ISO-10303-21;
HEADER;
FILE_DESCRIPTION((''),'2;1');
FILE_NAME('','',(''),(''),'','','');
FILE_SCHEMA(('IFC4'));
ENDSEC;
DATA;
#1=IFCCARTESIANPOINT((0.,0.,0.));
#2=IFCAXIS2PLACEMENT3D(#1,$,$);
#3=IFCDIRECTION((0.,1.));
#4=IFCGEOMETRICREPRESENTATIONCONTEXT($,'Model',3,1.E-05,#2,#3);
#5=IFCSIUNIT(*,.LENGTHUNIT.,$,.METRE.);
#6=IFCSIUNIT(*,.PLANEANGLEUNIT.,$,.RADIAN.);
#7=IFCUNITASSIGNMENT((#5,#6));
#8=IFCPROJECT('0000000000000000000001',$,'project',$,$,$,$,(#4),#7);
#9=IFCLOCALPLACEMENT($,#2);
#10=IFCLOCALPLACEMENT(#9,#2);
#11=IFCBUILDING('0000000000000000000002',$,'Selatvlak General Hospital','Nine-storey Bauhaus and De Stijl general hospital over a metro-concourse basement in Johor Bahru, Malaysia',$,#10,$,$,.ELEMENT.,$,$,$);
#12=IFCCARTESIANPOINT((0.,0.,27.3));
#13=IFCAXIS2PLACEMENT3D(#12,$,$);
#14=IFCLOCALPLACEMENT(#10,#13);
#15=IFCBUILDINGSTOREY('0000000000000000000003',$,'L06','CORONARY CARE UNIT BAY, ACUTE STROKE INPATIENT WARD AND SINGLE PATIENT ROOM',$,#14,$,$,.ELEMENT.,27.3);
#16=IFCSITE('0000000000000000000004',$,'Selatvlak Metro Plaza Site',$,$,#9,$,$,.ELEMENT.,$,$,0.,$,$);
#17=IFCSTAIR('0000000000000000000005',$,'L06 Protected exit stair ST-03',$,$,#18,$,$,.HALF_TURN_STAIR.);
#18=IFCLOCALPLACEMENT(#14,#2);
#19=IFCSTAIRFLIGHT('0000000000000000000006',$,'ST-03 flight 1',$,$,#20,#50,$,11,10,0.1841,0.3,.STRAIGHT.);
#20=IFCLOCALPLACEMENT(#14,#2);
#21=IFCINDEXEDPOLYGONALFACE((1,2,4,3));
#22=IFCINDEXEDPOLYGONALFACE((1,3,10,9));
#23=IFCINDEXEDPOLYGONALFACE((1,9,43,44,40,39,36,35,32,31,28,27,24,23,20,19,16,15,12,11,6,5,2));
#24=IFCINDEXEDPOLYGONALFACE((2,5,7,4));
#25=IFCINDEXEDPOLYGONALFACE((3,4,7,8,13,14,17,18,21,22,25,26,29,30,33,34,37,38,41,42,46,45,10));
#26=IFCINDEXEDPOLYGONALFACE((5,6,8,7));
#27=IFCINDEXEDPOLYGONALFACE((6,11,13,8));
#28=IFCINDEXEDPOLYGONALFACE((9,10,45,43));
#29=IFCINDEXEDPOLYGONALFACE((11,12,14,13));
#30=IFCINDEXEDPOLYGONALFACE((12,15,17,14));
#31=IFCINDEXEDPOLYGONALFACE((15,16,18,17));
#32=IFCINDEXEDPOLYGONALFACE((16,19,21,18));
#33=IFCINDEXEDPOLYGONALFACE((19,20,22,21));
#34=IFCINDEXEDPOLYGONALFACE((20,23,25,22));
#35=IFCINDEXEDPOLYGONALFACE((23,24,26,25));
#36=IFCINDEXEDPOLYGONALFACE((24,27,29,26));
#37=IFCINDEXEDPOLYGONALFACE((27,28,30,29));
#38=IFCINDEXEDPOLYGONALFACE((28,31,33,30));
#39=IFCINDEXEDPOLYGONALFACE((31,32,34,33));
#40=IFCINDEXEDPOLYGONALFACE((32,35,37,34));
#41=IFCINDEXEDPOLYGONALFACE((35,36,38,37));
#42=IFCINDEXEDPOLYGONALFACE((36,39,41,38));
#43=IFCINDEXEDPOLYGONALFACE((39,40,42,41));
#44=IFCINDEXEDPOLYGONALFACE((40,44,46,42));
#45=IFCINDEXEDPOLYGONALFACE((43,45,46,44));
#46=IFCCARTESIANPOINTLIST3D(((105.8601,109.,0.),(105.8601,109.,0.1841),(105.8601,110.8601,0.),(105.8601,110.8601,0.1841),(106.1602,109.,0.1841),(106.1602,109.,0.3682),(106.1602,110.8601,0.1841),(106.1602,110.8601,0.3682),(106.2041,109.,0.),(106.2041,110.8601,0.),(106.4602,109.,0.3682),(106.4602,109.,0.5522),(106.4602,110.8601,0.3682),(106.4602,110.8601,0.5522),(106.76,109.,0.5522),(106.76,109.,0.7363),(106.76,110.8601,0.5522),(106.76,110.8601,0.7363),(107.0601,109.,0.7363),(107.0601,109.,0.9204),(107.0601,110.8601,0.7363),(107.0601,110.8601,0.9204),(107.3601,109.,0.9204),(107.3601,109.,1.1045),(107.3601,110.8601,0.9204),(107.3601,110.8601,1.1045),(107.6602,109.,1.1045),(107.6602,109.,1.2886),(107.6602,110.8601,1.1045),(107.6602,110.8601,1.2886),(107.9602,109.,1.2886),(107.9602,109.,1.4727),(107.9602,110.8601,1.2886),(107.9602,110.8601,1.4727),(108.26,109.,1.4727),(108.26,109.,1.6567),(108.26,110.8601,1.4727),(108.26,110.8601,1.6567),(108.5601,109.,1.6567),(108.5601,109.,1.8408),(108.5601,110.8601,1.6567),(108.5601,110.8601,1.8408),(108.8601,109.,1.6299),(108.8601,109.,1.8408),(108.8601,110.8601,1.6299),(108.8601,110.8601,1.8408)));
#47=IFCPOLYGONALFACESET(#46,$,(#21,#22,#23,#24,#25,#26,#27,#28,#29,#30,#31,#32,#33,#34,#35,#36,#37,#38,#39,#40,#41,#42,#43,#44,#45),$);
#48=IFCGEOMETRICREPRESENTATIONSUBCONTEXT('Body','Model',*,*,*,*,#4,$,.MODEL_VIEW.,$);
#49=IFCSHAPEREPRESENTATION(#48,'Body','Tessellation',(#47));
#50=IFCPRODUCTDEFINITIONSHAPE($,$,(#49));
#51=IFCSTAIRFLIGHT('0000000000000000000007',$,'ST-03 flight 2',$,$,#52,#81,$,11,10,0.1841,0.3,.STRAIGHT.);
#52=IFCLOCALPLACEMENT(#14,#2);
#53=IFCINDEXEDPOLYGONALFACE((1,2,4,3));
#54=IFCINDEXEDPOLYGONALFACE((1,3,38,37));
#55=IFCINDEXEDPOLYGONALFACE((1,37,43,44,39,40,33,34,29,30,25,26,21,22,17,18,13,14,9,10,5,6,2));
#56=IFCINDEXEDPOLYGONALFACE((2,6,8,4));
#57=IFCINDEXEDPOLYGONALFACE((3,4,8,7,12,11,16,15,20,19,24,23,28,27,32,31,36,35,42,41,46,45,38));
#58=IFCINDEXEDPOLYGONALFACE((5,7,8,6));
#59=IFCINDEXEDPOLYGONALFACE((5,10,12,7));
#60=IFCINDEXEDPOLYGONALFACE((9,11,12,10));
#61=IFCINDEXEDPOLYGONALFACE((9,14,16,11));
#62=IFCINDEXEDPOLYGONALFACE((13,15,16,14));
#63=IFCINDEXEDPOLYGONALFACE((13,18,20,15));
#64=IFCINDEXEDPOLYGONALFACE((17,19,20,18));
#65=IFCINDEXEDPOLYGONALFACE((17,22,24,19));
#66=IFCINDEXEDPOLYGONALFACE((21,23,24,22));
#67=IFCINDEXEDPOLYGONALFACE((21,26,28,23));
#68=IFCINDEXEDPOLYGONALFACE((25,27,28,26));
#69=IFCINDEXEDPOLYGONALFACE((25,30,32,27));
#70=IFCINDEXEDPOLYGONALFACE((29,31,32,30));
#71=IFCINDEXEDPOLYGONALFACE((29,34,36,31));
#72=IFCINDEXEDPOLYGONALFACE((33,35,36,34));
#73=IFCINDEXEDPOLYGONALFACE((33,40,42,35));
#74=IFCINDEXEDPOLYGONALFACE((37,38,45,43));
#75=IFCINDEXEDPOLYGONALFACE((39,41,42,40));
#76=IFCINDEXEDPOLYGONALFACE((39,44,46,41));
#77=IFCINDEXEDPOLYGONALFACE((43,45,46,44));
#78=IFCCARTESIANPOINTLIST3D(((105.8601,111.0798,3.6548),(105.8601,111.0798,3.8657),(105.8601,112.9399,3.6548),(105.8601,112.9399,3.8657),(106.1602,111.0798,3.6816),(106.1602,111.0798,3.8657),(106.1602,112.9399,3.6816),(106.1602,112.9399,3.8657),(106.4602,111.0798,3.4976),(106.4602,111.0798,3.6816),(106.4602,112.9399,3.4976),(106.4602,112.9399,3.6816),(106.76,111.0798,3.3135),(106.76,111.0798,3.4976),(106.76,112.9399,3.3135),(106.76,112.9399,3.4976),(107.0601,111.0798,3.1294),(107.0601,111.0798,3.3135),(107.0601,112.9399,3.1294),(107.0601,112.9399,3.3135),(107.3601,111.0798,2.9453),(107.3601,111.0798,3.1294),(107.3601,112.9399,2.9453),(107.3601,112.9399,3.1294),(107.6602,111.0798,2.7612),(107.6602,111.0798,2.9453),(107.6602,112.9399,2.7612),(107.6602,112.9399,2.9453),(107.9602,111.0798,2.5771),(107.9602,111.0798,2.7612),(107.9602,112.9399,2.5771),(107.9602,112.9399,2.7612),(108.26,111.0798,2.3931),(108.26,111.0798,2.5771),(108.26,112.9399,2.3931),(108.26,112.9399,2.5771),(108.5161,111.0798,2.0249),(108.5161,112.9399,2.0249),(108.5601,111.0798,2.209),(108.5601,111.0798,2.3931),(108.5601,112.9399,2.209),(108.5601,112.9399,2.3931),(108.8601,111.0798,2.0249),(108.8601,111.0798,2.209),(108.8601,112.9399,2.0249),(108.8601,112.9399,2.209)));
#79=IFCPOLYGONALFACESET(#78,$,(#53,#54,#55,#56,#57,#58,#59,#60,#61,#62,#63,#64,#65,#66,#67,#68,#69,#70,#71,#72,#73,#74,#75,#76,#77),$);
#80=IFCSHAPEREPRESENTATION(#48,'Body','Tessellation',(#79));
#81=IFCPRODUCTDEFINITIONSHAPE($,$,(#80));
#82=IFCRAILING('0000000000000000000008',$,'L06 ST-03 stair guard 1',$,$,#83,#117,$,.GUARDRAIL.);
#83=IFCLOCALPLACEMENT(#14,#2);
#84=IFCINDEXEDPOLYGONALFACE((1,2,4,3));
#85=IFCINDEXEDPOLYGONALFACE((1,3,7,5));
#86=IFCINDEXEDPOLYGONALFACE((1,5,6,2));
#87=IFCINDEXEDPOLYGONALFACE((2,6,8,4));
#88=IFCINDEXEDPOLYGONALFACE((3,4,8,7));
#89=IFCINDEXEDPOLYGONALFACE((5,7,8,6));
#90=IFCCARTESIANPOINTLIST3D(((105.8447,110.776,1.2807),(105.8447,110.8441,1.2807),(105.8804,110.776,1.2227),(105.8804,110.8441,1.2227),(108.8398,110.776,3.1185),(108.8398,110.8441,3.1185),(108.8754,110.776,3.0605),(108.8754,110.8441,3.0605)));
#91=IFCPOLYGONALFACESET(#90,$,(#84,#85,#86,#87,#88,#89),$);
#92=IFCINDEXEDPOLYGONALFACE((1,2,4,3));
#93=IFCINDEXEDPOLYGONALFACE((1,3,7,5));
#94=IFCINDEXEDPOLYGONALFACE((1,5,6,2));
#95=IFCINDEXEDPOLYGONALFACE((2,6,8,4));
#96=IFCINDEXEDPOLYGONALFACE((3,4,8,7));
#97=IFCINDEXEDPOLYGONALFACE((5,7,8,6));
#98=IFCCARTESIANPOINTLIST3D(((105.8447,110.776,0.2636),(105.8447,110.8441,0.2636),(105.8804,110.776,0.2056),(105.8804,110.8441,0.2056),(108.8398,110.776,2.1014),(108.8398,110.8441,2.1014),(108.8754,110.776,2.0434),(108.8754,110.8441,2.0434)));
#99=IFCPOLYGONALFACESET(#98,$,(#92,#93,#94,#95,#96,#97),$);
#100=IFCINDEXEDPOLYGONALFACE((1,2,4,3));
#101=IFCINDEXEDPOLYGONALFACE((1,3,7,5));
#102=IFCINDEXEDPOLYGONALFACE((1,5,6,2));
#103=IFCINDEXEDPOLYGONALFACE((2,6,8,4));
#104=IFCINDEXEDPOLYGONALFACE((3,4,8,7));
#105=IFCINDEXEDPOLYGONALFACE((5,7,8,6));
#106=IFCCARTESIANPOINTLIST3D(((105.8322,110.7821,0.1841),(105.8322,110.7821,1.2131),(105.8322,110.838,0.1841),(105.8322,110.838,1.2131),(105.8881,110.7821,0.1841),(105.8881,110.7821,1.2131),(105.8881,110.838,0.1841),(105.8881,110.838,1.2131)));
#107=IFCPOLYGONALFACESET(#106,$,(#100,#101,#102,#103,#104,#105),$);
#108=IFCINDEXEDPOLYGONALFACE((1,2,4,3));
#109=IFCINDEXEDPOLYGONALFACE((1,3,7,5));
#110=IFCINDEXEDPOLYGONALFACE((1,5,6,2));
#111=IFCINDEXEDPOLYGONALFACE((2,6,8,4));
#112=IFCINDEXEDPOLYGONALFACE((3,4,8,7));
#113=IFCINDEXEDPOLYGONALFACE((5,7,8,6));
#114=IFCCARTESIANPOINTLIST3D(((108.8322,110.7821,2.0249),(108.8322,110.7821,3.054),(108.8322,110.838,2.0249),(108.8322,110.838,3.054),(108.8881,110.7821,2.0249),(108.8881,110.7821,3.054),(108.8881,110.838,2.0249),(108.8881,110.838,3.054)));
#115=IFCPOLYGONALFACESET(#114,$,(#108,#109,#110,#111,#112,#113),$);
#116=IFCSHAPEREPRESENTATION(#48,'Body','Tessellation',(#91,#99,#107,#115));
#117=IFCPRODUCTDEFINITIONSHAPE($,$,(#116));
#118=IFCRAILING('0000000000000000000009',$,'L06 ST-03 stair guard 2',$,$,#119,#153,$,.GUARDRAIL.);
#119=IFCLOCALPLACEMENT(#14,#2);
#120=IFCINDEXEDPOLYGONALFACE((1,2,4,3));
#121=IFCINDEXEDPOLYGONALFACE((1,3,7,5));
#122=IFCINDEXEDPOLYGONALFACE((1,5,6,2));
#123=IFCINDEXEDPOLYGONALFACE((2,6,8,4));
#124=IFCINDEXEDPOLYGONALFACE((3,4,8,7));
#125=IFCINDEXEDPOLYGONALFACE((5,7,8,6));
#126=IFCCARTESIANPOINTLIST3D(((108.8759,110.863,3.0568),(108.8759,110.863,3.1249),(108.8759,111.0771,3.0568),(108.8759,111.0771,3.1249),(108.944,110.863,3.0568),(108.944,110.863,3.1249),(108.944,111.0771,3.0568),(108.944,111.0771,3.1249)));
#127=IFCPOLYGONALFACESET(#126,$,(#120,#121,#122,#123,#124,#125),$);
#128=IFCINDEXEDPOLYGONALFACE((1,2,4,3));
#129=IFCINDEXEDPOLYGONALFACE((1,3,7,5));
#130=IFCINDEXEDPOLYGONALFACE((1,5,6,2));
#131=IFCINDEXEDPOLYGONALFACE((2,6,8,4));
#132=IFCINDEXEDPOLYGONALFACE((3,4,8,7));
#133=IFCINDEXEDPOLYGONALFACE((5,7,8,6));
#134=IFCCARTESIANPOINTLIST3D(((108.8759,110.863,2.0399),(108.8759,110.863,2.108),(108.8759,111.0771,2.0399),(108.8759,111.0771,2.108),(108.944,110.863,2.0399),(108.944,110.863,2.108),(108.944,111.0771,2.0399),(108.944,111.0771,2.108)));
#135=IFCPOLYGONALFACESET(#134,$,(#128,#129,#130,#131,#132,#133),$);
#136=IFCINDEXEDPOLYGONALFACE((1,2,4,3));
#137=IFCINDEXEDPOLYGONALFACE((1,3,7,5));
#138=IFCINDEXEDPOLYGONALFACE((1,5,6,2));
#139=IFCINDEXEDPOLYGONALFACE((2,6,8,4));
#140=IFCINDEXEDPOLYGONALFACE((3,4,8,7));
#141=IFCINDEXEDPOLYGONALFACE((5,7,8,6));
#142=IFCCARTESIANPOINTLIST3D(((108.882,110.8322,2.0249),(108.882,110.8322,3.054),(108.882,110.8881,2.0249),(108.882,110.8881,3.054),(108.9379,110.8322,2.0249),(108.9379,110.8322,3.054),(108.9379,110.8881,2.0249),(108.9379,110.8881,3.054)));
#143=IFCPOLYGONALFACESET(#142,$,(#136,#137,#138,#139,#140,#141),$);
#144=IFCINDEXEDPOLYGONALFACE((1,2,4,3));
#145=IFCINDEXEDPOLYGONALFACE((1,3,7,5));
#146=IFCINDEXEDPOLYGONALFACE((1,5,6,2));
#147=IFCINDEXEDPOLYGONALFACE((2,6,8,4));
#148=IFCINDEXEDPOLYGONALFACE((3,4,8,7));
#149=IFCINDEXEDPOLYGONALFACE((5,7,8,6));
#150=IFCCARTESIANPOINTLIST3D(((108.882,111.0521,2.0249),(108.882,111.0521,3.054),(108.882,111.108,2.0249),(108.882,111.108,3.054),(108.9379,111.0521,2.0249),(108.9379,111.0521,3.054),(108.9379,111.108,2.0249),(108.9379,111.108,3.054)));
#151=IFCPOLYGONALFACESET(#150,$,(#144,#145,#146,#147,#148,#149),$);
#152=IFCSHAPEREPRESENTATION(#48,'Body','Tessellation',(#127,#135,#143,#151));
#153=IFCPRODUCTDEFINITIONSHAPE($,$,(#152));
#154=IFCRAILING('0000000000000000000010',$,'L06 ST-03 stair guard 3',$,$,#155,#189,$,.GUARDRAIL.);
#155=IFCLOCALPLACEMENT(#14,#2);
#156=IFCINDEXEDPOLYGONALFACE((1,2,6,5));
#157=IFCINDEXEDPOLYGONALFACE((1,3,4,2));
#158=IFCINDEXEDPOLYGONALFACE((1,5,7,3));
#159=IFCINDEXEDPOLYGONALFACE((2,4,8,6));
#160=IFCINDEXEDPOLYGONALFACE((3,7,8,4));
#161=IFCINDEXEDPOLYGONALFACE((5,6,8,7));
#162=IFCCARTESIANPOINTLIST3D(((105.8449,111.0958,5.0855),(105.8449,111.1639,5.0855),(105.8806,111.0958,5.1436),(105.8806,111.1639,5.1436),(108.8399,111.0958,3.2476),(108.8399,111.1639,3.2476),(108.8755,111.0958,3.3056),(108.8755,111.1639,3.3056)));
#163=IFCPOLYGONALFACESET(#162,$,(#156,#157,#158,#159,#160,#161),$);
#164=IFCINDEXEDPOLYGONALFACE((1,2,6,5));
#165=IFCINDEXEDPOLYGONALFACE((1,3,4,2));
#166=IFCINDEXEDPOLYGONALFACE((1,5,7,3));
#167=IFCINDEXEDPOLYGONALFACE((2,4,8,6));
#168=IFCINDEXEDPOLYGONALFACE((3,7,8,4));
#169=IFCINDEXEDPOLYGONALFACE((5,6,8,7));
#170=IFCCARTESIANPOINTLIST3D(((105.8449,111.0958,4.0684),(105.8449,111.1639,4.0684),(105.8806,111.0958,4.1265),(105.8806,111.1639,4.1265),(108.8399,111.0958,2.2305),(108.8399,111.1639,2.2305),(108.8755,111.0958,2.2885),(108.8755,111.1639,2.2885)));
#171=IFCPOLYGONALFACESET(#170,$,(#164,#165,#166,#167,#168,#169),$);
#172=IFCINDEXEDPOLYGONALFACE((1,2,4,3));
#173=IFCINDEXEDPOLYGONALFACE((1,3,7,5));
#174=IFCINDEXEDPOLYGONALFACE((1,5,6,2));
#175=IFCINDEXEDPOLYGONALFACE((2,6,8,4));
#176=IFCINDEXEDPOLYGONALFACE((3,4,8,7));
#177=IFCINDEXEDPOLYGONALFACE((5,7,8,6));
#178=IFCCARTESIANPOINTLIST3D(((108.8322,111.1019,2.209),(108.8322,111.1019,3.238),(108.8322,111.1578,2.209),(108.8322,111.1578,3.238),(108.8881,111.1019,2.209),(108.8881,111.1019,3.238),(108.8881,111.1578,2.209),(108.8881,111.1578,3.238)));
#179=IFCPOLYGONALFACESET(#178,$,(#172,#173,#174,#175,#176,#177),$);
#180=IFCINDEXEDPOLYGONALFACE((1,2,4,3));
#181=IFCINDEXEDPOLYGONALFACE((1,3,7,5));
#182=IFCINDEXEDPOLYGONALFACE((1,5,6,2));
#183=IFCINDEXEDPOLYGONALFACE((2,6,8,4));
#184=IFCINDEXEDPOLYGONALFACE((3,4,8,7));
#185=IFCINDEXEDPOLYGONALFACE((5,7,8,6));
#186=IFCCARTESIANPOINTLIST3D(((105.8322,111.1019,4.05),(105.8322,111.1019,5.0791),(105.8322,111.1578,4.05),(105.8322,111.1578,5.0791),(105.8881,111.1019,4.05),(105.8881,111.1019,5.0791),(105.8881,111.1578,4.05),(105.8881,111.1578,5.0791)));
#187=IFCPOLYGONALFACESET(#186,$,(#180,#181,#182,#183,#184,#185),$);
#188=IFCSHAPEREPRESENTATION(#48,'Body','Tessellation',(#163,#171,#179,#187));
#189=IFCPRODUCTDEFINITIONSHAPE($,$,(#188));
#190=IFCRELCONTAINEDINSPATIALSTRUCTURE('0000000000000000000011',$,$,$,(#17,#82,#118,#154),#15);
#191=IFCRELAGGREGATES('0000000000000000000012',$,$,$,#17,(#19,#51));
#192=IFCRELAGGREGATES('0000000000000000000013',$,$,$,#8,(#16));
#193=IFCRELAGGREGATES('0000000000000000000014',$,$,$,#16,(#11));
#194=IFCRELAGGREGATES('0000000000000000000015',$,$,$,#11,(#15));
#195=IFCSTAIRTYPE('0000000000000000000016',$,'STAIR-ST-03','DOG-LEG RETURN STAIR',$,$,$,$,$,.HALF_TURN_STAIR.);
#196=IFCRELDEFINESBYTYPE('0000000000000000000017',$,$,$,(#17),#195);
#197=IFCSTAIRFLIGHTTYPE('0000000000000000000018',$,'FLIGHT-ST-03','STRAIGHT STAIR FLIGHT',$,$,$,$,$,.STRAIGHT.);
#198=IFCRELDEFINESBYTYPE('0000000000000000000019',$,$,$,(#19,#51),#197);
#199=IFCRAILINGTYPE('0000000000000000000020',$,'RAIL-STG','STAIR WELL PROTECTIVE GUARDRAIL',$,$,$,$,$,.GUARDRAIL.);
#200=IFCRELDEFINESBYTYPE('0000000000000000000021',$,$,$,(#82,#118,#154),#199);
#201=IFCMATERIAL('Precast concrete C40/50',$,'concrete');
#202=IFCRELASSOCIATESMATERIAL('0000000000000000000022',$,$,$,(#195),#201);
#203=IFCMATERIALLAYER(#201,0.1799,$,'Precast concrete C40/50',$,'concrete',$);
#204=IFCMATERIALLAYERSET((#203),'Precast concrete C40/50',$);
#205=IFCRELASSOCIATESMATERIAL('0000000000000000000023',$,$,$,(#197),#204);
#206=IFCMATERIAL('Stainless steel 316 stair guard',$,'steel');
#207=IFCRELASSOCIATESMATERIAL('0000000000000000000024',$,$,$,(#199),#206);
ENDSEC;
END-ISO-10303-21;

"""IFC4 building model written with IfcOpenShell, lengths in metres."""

from ifc_helpers import new_model, si_unit, direction, frame, origin, origin_2d, place, context, subcontext, project, spatial, polyline, rectangle, outline, extrude, material, layer, layer_set, type_object, element, aggregate, save


model = new_model("IFC4")

# Units and contexts
model_context = context("Model", 3, precision=1e-05, world=origin(), true_north=direction((0.0, 1.0)))
body_context = subcontext(model_context, "Body", "Model", "MODEL_VIEW")
ifc_project = project(units=[si_unit("LENGTHUNIT", "METRE"), si_unit("PLANEANGLEUNIT", "RADIAN")], contexts=[model_context])

# Site, building, storey
site_placement = place(None, origin())
site = spatial("IfcSite", under=ifc_project, at=site_placement, Name="Selatvlak Metro Plaza Site", CompositionType="ELEMENT", RefElevation=0.0)
building_placement = place(site_placement, origin())
building = spatial("IfcBuilding", under=site, at=building_placement, Name="Selatvlak General Hospital", Description="Nine-storey Bauhaus and De Stijl general hospital over a metro-concourse basement in Johor Bahru, Malaysia", CompositionType="ELEMENT")
storey_placement = place(building_placement, frame((0.0, 0.0, 27.3)))
storey = spatial("IfcBuildingStorey", under=building, at=storey_placement, Name="L06", Description="CORONARY CARE UNIT BAY, ACUTE STROKE INPATIENT WARD AND SINGLE PATIENT ROOM", CompositionType="ELEMENT", Elevation=27.3)

# Stair, stair flights
ifc_material_1 = material(Name="Precast concrete C40/50", Category="concrete")
stair_type = type_object("IfcStairType", Name="STAIR-ST-03", Description="DOG-LEG RETURN STAIR", PredefinedType="HALF_TURN_STAIR", material=ifc_material_1)
stair_placement = place(storey_placement, origin())
stair = element("IfcStair", 1, at=stair_placement, inside=storey, type_object=stair_type, Name="L06 Protected exit stair ST-03", PredefinedType="HALF_TURN_STAIR")
ifc_layer_1 = layer(ifc_material_1, 0.1799, Name="Precast concrete C40/50", Category="concrete")
ifc_layer_set_1 = layer_set([ifc_layer_1], Name="Precast concrete C40/50")
stair_flight_type = type_object("IfcStairFlightType", Name="FLIGHT-ST-03", Description="STRAIGHT STAIR FLIGHT", PredefinedType="STRAIGHT", material=ifc_layer_set_1)
stair_flight_1_placement = place(storey_placement, frame((105.8601, 109.9299, 0.0), z_axis=(0.0, 0.0, 1.0), x_axis=(1.0, 0.0, 0.0)))
stair_flight_1 = element("IfcStairFlight", 2, at=stair_flight_1_placement, type_object=stair_flight_type, Name="ST-03 flight 1", NumberOfRisers=11, NumberOfTreads=10, PredefinedType="STRAIGHT", RiserHeight=0.1841, TreadLength=0.3, context=body_context, shape_type="SweptSolid", body=[
    extrude(outline(polyline([(0.0, 0.0), (0.0, 0.1841), (0.3, 0.1841), (0.3, 0.3682), (0.6001, 0.3682), (0.6001, 0.5522), (0.8999, 0.5522), (0.8999, 0.7363), (1.2, 0.7363), (1.2, 0.9204), (1.5, 0.9204), (1.5, 1.1045), (1.8, 1.1045), (1.8, 1.2886), (2.1001, 1.2886), (2.1001, 1.4727), (2.3999, 1.4727), (2.3999, 1.6567), (2.7, 1.6567), (2.7, 1.8408), (3.0, 1.8408), (3.0, 2.0249), (3.0, 1.6299), (0.344, 0.0), (0.0, 0.0)])), frame((0.0, 0.9302, 0.0), z_axis=(0.0, -1.0, 0.0), x_axis=(1.0, 0.0, 0.0)), (0.0, 0.0, 1.0), 1.8601),
])
stair_flight_2_placement = place(storey_placement, frame((108.8601, 112.01, 2.0249), z_axis=(0.0, 0.0, 1.0), x_axis=(-1.0, 0.0, 0.0)))
stair_flight_2 = element("IfcStairFlight", 3, at=stair_flight_2_placement, type_object=stair_flight_type, Name="ST-03 flight 2", NumberOfRisers=11, NumberOfTreads=10, PredefinedType="STRAIGHT", RiserHeight=0.1841, TreadLength=0.3, context=body_context, shape_type="SweptSolid", body=[
    extrude(outline(polyline([(0.0, 0.0), (0.0, 0.1841), (0.3, 0.1841), (0.3, 0.3682), (0.6001, 0.3682), (0.6001, 0.5522), (0.8999, 0.5522), (0.8999, 0.7363), (1.2, 0.7363), (1.2, 0.9204), (1.5, 0.9204), (1.5, 1.1045), (1.8, 1.1045), (1.8, 1.2886), (2.1001, 1.2886), (2.1001, 1.4727), (2.3999, 1.4727), (2.3999, 1.6567), (2.7, 1.6567), (2.7, 1.8408), (3.0, 1.8408), (3.0, 2.0249), (3.0, 1.6299), (0.344, 0.0), (0.0, 0.0)])), frame((0.0, 0.9302, 0.0), z_axis=(0.0, -1.0, 0.0), x_axis=(1.0, 0.0, 0.0)), (0.0, 0.0, 1.0), 1.8601),
])
aggregate(stair, [stair_flight_1, stair_flight_2])

# Railings
ifc_material_2 = material(Name="Stainless steel 316 stair guard", Category="steel")
railing_type_1 = type_object("IfcRailingType", Name="RAIL-STG", Description="STAIR WELL PROTECTIVE GUARDRAIL", PredefinedType="GUARDRAIL", material=ifc_material_2)
railing_1_placement = place(storey_placement, frame((105.8601, 110.8101, 0.1841)))
element("IfcRailing", 4, at=railing_1_placement, inside=storey, type_object=railing_type_1, Name="L06 ST-03 stair guard 1", PredefinedType="GUARDRAIL", context=body_context, shape_type="SweptSolid", body=[
    extrude(rectangle(XDim=0.0681, YDim=0.0681, at=origin_2d()), frame((0.0024, 0.0, 1.0676), z_axis=(0.852334, 0.0, 0.522998), x_axis=(0.0, 1.0, 0.0)), (0.0, 0.0, 1.0), 3.5139),
    extrude(rectangle(XDim=0.0681, YDim=0.0681, at=origin_2d()), frame((0.0024, 0.0, 0.0505), z_axis=(0.852334, 0.0, 0.522998), x_axis=(0.0, 1.0, 0.0)), (0.0, 0.0, 1.0), 3.5139),
    extrude(rectangle(XDim=0.0559, YDim=0.0559, at=origin_2d()), origin(), (0.0, 0.0, 1.0), 1.0291),
    extrude(rectangle(XDim=0.0559, YDim=0.0559, at=origin_2d()), frame((3.0, 0.0, 1.8408)), (0.0, 0.0, 1.0), 1.0291),
])
railing_2_placement = place(storey_placement, frame((108.9099, 110.8601, 2.0249)))
element("IfcRailing", 5, at=railing_2_placement, inside=storey, type_object=railing_type_1, Name="L06 ST-03 stair guard 2", PredefinedType="GUARDRAIL", context=body_context, shape_type="SweptSolid", body=[
    extrude(rectangle(XDim=0.0681, YDim=0.0681, at=origin_2d()), frame((0.0, 0.0029, 1.0659), z_axis=(0.0, 1.0, 0.0), x_axis=(-1.0, 0.0, 0.0)), (0.0, 0.0, 1.0), 0.2141),
    extrude(rectangle(XDim=0.0681, YDim=0.0681, at=origin_2d()), frame((0.0, 0.0029, 0.0491), z_axis=(0.0, 1.0, 0.0), x_axis=(-1.0, 0.0, 0.0)), (0.0, 0.0, 1.0), 0.2141),
    extrude(rectangle(XDim=0.0559, YDim=0.0559, at=origin_2d()), origin(), (0.0, 0.0, 1.0), 1.0291),
    extrude(rectangle(XDim=0.0559, YDim=0.0559, at=origin_2d()), frame((0.0, 0.22, 0.0)), (0.0, 0.0, 1.0), 1.0291),
])
railing_3_placement = place(storey_placement, frame((108.8601, 111.1299, 2.209)))
element("IfcRailing", 6, at=railing_3_placement, inside=storey, type_object=railing_type_1, Name="L06 ST-03 stair guard 3", PredefinedType="GUARDRAIL", context=body_context, shape_type="SweptSolid", body=[
    extrude(rectangle(XDim=0.0681, YDim=0.0681, at=origin_2d()), frame((-0.0024, 0.0, 1.0676), z_axis=(-0.852303, 0.0, 0.523048), x_axis=(0.0, -1.0, 0.0)), (0.0, 0.0, 1.0), 3.5139),
    extrude(rectangle(XDim=0.0681, YDim=0.0681, at=origin_2d()), frame((-0.0024, 0.0, 0.0505), z_axis=(-0.852303, 0.0, 0.523048), x_axis=(0.0, -1.0, 0.0)), (0.0, 0.0, 1.0), 3.5139),
    extrude(rectangle(XDim=0.0559, YDim=0.0559, at=origin_2d()), origin(), (0.0, 0.0, 1.0), 1.0291),
    extrude(rectangle(XDim=0.0559, YDim=0.0559, at=origin_2d()), frame((-3.0, 0.0, 1.8411)), (0.0, 0.0, 1.0), 1.0291),
])

save(model, "model.ifc")
